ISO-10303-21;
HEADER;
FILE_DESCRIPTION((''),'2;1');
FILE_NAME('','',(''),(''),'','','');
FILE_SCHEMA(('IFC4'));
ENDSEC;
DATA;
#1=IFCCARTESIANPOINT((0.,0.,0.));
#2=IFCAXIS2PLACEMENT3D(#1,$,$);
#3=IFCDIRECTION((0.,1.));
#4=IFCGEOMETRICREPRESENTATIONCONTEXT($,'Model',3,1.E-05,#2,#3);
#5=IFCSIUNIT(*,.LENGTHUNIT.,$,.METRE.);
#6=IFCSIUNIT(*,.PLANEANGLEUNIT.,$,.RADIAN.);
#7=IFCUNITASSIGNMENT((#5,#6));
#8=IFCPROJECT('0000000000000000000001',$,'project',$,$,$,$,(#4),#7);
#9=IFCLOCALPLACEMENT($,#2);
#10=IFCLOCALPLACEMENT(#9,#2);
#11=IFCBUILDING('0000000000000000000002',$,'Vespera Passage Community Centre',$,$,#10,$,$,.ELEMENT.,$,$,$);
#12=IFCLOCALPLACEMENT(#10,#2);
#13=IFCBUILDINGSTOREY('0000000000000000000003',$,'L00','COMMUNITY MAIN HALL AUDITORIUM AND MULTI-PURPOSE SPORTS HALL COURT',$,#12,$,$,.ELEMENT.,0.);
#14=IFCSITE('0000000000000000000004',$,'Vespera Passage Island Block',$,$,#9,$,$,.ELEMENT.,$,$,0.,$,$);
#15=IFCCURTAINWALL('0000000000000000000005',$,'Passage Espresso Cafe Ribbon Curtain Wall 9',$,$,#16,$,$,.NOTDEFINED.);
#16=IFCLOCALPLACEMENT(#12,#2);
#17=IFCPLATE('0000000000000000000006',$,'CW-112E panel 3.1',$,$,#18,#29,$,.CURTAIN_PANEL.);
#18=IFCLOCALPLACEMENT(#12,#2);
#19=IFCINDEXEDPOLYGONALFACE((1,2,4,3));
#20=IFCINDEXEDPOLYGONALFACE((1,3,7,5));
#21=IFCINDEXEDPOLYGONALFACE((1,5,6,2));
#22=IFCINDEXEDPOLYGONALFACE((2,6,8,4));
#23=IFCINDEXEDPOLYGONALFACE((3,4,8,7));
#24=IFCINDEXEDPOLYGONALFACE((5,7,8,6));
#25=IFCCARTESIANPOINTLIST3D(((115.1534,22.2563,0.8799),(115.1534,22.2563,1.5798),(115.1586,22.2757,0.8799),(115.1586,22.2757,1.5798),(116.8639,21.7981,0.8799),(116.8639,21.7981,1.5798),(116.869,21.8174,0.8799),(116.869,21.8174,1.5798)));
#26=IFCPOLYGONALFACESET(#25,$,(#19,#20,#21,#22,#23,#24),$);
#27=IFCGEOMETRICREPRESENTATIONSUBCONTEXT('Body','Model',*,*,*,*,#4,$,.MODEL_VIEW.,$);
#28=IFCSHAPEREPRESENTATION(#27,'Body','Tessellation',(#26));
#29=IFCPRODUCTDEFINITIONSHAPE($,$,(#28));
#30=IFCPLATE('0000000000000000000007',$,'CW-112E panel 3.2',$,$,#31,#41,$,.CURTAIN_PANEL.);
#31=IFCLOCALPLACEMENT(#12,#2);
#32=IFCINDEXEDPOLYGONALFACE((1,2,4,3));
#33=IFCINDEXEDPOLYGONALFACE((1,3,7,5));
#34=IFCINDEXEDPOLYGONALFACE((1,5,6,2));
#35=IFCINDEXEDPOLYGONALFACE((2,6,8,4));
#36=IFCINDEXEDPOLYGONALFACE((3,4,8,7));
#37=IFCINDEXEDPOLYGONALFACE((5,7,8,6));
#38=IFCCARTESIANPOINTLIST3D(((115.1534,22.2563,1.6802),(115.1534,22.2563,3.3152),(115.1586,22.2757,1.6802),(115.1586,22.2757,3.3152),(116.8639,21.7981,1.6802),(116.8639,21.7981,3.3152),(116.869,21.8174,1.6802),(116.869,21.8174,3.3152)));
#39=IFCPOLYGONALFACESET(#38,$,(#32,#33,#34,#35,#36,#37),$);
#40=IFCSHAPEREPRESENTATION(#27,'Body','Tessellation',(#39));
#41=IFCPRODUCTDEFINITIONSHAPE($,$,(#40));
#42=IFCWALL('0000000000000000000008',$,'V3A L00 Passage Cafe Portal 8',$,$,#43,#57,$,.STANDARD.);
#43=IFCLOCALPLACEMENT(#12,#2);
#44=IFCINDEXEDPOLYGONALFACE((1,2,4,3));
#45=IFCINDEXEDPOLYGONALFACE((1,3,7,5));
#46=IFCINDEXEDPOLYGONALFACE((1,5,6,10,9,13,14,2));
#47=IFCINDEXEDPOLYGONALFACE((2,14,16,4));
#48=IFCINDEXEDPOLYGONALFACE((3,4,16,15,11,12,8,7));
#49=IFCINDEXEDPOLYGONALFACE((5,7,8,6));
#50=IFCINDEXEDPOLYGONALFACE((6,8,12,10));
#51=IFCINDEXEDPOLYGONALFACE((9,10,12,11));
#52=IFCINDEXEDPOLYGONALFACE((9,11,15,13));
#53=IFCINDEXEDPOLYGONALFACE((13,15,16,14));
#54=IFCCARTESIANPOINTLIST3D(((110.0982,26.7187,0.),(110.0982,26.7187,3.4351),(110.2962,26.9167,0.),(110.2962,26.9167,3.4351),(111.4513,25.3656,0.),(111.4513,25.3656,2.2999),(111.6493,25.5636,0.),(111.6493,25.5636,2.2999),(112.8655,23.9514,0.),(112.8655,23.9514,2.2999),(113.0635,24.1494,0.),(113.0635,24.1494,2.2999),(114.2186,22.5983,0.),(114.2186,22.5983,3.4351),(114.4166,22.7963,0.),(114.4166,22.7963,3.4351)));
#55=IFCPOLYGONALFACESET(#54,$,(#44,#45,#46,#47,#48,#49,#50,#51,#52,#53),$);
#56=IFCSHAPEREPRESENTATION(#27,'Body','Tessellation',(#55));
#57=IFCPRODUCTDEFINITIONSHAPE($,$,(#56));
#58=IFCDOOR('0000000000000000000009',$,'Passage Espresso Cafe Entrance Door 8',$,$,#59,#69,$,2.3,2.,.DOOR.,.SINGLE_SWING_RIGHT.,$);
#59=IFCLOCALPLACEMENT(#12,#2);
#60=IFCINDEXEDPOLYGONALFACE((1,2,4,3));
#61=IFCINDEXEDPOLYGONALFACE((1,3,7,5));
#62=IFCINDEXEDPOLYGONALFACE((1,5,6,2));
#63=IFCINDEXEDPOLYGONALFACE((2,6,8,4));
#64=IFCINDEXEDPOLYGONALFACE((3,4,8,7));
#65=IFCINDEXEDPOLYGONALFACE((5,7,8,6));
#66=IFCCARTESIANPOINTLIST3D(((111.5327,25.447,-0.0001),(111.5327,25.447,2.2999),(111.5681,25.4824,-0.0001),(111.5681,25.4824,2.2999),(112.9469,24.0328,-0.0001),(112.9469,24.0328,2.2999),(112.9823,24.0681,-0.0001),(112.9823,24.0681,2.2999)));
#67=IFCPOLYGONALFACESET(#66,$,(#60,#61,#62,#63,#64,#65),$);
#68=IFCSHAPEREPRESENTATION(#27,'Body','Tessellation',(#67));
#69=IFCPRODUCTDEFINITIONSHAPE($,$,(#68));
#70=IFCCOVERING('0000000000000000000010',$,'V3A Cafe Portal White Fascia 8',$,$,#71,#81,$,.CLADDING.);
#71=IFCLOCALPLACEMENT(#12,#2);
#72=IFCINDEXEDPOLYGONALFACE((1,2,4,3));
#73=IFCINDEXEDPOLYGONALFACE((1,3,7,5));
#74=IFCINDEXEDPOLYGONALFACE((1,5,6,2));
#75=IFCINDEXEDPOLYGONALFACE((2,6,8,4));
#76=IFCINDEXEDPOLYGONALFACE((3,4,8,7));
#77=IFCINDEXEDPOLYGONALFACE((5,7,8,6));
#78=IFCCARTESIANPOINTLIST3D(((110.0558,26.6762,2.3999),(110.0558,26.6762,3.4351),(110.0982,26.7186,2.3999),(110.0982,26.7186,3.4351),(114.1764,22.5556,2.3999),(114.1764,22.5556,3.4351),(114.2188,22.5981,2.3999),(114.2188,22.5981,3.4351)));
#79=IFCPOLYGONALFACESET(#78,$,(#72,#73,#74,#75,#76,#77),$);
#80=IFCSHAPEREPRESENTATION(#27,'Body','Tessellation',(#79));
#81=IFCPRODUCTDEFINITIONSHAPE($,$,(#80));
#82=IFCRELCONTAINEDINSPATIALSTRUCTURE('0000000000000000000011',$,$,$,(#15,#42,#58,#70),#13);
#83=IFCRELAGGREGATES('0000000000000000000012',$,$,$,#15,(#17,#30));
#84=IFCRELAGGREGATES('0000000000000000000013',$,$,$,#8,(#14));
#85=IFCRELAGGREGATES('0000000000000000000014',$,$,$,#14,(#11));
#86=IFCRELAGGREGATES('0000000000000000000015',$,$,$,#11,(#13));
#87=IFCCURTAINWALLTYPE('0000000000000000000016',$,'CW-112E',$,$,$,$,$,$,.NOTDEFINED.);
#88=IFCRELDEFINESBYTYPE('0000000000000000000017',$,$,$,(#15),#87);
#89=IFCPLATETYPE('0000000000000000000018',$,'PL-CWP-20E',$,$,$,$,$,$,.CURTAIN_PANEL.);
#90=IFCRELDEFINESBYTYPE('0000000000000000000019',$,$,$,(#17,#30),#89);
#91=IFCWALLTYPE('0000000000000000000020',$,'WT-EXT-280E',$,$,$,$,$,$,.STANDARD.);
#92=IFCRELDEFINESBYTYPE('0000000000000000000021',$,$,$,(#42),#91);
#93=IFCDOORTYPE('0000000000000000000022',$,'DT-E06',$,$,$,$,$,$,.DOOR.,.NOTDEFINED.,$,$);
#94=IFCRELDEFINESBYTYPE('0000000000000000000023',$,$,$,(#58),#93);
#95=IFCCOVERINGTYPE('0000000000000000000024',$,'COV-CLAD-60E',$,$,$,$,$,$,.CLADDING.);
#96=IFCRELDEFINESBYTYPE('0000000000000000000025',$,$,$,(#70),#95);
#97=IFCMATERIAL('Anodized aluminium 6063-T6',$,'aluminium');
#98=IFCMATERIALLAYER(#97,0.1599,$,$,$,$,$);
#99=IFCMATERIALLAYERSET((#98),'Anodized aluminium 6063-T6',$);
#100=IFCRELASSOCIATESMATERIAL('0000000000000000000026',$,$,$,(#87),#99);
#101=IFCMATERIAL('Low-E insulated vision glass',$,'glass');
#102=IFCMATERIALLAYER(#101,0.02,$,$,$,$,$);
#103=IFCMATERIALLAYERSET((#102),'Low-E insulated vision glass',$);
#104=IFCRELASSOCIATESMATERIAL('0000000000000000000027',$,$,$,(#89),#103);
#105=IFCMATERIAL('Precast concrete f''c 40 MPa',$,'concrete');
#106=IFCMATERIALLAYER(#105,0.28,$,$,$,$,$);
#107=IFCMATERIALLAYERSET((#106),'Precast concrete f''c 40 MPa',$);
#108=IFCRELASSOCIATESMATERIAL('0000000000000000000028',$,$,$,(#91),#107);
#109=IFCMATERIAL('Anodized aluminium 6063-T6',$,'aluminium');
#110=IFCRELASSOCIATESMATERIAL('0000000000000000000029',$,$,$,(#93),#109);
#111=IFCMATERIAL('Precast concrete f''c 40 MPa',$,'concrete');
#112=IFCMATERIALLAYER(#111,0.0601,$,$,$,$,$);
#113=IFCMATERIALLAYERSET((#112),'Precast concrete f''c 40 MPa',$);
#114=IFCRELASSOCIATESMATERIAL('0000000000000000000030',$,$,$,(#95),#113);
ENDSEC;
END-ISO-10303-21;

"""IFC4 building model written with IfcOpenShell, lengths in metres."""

from ifc_helpers import new_model, si_unit, direction, frame, frame_2d, origin, origin_2d, place, context, subcontext, project, spatial, rectangle, extrude, material, layer, layer_set, type_object, element, fill, aggregate, save


model = new_model("IFC4")

# Units and contexts
model_context = context("Model", 3, precision=1e-05, world=origin(), true_north=direction((0.0, 1.0)))
body_context = subcontext(model_context, "Body", "Model", "MODEL_VIEW")
ifc_project = project(units=[si_unit("LENGTHUNIT", "METRE"), si_unit("PLANEANGLEUNIT", "RADIAN")], contexts=[model_context])

# Site, building, storey
site_placement = place(None, origin())
site = spatial("IfcSite", under=ifc_project, at=site_placement, Name="Vespera Passage Island Block", CompositionType="ELEMENT", RefElevation=0.0)
building_placement = place(site_placement, origin())
building = spatial("IfcBuilding", under=site, at=building_placement, Name="Vespera Passage Community Centre", CompositionType="ELEMENT")
storey_placement = place(building_placement, origin())
storey = spatial("IfcBuildingStorey", under=building, at=storey_placement, Name="L00", Description="COMMUNITY MAIN HALL AUDITORIUM AND MULTI-PURPOSE SPORTS HALL COURT", CompositionType="ELEMENT", Elevation=0.0)

# Curtain wall
ifc_material_1 = material(Name="Anodized aluminium 6063-T6", Category="aluminium")
ifc_layer_1 = layer(ifc_material_1, 0.1599)
ifc_layer_set_1 = layer_set([ifc_layer_1], Name="Anodized aluminium 6063-T6")
curtain_wall_type_1 = type_object("IfcCurtainWallType", Name="CW-112E", PredefinedType="NOTDEFINED", material=ifc_layer_set_1)
curtain_wall_1_placement = place(storey_placement, origin())
curtain_wall_1 = element("IfcCurtainWall", 1, at=curtain_wall_1_placement, inside=storey, type_object=curtain_wall_type_1, Name="Passage Espresso Cafe Ribbon Curtain Wall 9", PredefinedType="NOTDEFINED")

# Plates
ifc_material_2 = material(Name="Low-E insulated vision glass", Category="glass")
ifc_layer_2 = layer(ifc_material_2, 0.02)
ifc_layer_set_2 = layer_set([ifc_layer_2], Name="Low-E insulated vision glass")
plate_type = type_object("IfcPlateType", Name="PL-CWP-20E", PredefinedType="CURTAIN_PANEL", material=ifc_layer_set_2)
plate_1_placement = place(storey_placement, frame((116.0112, 22.0369, 0.8799), z_axis=(0.0, 0.0, 1.0), x_axis=(-0.965929, 0.258807, 0.0)))
plate_1 = element("IfcPlate", 2, at=plate_1_placement, type_object=plate_type, Name="CW-112E panel 3.1", PredefinedType="CURTAIN_PANEL", context=body_context, shape_type="SweptSolid", body=[
    extrude(rectangle(XDim=1.7708, YDim=0.02, at=origin_2d()), origin(), (0.0, 0.0, 1.0), 0.7),
])
plate_2_placement = place(storey_placement, frame((116.0112, 22.0369, 1.6802), z_axis=(0.0, 0.0, 1.0), x_axis=(-0.965929, 0.258807, 0.0)))
plate_2 = element("IfcPlate", 3, at=plate_2_placement, type_object=plate_type, Name="CW-112E panel 3.2", PredefinedType="CURTAIN_PANEL", context=body_context, shape_type="SweptSolid", body=[
    extrude(rectangle(XDim=1.7708, YDim=0.02, at=origin_2d()), origin(), (0.0, 0.0, 1.0), 1.635),
])
aggregate(curtain_wall_1, [plate_1, plate_2])

# Wall, opening, door
ifc_material_3 = material(Name="Precast concrete f'c 40 MPa", Category="concrete")
ifc_layer_3 = layer(ifc_material_3, 0.28)
ifc_layer_set_3 = layer_set([ifc_layer_3], Name="Precast concrete f'c 40 MPa")
wall_type = type_object("IfcWallType", Name="WT-EXT-280E", PredefinedType="STANDARD", material=ifc_layer_set_3)
wall_placement = place(storey_placement, frame((114.3176, 22.6973, 0.0), z_axis=(0.0, 0.0, 1.0), x_axis=(-0.707107, 0.707107, 0.0)))
wall = element("IfcWall", 4, at=wall_placement, inside=storey, type_object=wall_type, Name="V3A L00 Passage Cafe Portal 8", PredefinedType="STANDARD", context=body_context, shape_type="SweptSolid", body=[
    extrude(rectangle(XDim=5.8271, YDim=0.28, at=frame_2d((2.9136, 0.0))), origin(), (0.0, 0.0, 1.0), 3.4351),
])
opening_placement = place(wall_placement, frame((1.9136, 0.0, 0.0)))
opening = element("IfcOpeningElement", 5, at=opening_placement, cuts=wall, PredefinedType="OPENING", context=body_context, shape_type="SweptSolid", body=[
    extrude(rectangle(XDim=2.0, YDim=2.3, at=frame_2d((1.0, 1.1499))), frame((0.0, 0.1501, 0.0), z_axis=(0.0, -1.0, 0.0), x_axis=(1.0, 0.0, 0.0)), (0.0, 0.0, 1.0), 0.3),
])
ifc_material_4 = material(Name="Anodized aluminium 6063-T6", Category="aluminium")
door_type = type_object("IfcDoorType", Name="DT-E06", OperationType="NOTDEFINED", PredefinedType="DOOR", material=ifc_material_4)
door_placement = place(opening_placement, origin())
door = element("IfcDoor", 6, at=door_placement, inside=storey, type_object=door_type, Name="Passage Espresso Cafe Entrance Door 8", OperationType="SINGLE_SWING_RIGHT", OverallHeight=2.3, OverallWidth=2.0, PredefinedType="DOOR", context=body_context, shape_type="SweptSolid", body=[
    extrude(rectangle(XDim=2.0, YDim=2.3, at=frame_2d((1.0, 1.1499))), frame((0.0, 0.0249, 0.0), z_axis=(0.0, -1.0, 0.0), x_axis=(1.0, 0.0, 0.0)), (0.0, 0.0, 1.0), 0.05),
])
fill(opening, door)

# Covering
ifc_material_5 = material(Name="Precast concrete f'c 40 MPa", Category="concrete")
ifc_layer_4 = layer(ifc_material_5, 0.0601)
ifc_layer_set_4 = layer_set([ifc_layer_4], Name="Precast concrete f'c 40 MPa")
covering_type = type_object("IfcCoveringType", Name="COV-CLAD-60E", PredefinedType="CLADDING", material=ifc_layer_set_4)
covering_placement = place(storey_placement, frame((114.1975, 22.5769, 2.3999), z_axis=(0.0, 0.0, 1.0), x_axis=(-0.707107, 0.707107, 0.0)))
element("IfcCovering", 7, at=covering_placement, inside=storey, type_object=covering_type, Name="V3A Cafe Portal White Fascia 8", PredefinedType="CLADDING", context=body_context, shape_type="SweptSolid", body=[
    extrude(rectangle(XDim=5.8274, YDim=0.0601, at=frame_2d((2.9136, 0.0))), origin(), (0.0, 0.0, 1.0), 1.0352),
])

save(model, "model.ifc")
